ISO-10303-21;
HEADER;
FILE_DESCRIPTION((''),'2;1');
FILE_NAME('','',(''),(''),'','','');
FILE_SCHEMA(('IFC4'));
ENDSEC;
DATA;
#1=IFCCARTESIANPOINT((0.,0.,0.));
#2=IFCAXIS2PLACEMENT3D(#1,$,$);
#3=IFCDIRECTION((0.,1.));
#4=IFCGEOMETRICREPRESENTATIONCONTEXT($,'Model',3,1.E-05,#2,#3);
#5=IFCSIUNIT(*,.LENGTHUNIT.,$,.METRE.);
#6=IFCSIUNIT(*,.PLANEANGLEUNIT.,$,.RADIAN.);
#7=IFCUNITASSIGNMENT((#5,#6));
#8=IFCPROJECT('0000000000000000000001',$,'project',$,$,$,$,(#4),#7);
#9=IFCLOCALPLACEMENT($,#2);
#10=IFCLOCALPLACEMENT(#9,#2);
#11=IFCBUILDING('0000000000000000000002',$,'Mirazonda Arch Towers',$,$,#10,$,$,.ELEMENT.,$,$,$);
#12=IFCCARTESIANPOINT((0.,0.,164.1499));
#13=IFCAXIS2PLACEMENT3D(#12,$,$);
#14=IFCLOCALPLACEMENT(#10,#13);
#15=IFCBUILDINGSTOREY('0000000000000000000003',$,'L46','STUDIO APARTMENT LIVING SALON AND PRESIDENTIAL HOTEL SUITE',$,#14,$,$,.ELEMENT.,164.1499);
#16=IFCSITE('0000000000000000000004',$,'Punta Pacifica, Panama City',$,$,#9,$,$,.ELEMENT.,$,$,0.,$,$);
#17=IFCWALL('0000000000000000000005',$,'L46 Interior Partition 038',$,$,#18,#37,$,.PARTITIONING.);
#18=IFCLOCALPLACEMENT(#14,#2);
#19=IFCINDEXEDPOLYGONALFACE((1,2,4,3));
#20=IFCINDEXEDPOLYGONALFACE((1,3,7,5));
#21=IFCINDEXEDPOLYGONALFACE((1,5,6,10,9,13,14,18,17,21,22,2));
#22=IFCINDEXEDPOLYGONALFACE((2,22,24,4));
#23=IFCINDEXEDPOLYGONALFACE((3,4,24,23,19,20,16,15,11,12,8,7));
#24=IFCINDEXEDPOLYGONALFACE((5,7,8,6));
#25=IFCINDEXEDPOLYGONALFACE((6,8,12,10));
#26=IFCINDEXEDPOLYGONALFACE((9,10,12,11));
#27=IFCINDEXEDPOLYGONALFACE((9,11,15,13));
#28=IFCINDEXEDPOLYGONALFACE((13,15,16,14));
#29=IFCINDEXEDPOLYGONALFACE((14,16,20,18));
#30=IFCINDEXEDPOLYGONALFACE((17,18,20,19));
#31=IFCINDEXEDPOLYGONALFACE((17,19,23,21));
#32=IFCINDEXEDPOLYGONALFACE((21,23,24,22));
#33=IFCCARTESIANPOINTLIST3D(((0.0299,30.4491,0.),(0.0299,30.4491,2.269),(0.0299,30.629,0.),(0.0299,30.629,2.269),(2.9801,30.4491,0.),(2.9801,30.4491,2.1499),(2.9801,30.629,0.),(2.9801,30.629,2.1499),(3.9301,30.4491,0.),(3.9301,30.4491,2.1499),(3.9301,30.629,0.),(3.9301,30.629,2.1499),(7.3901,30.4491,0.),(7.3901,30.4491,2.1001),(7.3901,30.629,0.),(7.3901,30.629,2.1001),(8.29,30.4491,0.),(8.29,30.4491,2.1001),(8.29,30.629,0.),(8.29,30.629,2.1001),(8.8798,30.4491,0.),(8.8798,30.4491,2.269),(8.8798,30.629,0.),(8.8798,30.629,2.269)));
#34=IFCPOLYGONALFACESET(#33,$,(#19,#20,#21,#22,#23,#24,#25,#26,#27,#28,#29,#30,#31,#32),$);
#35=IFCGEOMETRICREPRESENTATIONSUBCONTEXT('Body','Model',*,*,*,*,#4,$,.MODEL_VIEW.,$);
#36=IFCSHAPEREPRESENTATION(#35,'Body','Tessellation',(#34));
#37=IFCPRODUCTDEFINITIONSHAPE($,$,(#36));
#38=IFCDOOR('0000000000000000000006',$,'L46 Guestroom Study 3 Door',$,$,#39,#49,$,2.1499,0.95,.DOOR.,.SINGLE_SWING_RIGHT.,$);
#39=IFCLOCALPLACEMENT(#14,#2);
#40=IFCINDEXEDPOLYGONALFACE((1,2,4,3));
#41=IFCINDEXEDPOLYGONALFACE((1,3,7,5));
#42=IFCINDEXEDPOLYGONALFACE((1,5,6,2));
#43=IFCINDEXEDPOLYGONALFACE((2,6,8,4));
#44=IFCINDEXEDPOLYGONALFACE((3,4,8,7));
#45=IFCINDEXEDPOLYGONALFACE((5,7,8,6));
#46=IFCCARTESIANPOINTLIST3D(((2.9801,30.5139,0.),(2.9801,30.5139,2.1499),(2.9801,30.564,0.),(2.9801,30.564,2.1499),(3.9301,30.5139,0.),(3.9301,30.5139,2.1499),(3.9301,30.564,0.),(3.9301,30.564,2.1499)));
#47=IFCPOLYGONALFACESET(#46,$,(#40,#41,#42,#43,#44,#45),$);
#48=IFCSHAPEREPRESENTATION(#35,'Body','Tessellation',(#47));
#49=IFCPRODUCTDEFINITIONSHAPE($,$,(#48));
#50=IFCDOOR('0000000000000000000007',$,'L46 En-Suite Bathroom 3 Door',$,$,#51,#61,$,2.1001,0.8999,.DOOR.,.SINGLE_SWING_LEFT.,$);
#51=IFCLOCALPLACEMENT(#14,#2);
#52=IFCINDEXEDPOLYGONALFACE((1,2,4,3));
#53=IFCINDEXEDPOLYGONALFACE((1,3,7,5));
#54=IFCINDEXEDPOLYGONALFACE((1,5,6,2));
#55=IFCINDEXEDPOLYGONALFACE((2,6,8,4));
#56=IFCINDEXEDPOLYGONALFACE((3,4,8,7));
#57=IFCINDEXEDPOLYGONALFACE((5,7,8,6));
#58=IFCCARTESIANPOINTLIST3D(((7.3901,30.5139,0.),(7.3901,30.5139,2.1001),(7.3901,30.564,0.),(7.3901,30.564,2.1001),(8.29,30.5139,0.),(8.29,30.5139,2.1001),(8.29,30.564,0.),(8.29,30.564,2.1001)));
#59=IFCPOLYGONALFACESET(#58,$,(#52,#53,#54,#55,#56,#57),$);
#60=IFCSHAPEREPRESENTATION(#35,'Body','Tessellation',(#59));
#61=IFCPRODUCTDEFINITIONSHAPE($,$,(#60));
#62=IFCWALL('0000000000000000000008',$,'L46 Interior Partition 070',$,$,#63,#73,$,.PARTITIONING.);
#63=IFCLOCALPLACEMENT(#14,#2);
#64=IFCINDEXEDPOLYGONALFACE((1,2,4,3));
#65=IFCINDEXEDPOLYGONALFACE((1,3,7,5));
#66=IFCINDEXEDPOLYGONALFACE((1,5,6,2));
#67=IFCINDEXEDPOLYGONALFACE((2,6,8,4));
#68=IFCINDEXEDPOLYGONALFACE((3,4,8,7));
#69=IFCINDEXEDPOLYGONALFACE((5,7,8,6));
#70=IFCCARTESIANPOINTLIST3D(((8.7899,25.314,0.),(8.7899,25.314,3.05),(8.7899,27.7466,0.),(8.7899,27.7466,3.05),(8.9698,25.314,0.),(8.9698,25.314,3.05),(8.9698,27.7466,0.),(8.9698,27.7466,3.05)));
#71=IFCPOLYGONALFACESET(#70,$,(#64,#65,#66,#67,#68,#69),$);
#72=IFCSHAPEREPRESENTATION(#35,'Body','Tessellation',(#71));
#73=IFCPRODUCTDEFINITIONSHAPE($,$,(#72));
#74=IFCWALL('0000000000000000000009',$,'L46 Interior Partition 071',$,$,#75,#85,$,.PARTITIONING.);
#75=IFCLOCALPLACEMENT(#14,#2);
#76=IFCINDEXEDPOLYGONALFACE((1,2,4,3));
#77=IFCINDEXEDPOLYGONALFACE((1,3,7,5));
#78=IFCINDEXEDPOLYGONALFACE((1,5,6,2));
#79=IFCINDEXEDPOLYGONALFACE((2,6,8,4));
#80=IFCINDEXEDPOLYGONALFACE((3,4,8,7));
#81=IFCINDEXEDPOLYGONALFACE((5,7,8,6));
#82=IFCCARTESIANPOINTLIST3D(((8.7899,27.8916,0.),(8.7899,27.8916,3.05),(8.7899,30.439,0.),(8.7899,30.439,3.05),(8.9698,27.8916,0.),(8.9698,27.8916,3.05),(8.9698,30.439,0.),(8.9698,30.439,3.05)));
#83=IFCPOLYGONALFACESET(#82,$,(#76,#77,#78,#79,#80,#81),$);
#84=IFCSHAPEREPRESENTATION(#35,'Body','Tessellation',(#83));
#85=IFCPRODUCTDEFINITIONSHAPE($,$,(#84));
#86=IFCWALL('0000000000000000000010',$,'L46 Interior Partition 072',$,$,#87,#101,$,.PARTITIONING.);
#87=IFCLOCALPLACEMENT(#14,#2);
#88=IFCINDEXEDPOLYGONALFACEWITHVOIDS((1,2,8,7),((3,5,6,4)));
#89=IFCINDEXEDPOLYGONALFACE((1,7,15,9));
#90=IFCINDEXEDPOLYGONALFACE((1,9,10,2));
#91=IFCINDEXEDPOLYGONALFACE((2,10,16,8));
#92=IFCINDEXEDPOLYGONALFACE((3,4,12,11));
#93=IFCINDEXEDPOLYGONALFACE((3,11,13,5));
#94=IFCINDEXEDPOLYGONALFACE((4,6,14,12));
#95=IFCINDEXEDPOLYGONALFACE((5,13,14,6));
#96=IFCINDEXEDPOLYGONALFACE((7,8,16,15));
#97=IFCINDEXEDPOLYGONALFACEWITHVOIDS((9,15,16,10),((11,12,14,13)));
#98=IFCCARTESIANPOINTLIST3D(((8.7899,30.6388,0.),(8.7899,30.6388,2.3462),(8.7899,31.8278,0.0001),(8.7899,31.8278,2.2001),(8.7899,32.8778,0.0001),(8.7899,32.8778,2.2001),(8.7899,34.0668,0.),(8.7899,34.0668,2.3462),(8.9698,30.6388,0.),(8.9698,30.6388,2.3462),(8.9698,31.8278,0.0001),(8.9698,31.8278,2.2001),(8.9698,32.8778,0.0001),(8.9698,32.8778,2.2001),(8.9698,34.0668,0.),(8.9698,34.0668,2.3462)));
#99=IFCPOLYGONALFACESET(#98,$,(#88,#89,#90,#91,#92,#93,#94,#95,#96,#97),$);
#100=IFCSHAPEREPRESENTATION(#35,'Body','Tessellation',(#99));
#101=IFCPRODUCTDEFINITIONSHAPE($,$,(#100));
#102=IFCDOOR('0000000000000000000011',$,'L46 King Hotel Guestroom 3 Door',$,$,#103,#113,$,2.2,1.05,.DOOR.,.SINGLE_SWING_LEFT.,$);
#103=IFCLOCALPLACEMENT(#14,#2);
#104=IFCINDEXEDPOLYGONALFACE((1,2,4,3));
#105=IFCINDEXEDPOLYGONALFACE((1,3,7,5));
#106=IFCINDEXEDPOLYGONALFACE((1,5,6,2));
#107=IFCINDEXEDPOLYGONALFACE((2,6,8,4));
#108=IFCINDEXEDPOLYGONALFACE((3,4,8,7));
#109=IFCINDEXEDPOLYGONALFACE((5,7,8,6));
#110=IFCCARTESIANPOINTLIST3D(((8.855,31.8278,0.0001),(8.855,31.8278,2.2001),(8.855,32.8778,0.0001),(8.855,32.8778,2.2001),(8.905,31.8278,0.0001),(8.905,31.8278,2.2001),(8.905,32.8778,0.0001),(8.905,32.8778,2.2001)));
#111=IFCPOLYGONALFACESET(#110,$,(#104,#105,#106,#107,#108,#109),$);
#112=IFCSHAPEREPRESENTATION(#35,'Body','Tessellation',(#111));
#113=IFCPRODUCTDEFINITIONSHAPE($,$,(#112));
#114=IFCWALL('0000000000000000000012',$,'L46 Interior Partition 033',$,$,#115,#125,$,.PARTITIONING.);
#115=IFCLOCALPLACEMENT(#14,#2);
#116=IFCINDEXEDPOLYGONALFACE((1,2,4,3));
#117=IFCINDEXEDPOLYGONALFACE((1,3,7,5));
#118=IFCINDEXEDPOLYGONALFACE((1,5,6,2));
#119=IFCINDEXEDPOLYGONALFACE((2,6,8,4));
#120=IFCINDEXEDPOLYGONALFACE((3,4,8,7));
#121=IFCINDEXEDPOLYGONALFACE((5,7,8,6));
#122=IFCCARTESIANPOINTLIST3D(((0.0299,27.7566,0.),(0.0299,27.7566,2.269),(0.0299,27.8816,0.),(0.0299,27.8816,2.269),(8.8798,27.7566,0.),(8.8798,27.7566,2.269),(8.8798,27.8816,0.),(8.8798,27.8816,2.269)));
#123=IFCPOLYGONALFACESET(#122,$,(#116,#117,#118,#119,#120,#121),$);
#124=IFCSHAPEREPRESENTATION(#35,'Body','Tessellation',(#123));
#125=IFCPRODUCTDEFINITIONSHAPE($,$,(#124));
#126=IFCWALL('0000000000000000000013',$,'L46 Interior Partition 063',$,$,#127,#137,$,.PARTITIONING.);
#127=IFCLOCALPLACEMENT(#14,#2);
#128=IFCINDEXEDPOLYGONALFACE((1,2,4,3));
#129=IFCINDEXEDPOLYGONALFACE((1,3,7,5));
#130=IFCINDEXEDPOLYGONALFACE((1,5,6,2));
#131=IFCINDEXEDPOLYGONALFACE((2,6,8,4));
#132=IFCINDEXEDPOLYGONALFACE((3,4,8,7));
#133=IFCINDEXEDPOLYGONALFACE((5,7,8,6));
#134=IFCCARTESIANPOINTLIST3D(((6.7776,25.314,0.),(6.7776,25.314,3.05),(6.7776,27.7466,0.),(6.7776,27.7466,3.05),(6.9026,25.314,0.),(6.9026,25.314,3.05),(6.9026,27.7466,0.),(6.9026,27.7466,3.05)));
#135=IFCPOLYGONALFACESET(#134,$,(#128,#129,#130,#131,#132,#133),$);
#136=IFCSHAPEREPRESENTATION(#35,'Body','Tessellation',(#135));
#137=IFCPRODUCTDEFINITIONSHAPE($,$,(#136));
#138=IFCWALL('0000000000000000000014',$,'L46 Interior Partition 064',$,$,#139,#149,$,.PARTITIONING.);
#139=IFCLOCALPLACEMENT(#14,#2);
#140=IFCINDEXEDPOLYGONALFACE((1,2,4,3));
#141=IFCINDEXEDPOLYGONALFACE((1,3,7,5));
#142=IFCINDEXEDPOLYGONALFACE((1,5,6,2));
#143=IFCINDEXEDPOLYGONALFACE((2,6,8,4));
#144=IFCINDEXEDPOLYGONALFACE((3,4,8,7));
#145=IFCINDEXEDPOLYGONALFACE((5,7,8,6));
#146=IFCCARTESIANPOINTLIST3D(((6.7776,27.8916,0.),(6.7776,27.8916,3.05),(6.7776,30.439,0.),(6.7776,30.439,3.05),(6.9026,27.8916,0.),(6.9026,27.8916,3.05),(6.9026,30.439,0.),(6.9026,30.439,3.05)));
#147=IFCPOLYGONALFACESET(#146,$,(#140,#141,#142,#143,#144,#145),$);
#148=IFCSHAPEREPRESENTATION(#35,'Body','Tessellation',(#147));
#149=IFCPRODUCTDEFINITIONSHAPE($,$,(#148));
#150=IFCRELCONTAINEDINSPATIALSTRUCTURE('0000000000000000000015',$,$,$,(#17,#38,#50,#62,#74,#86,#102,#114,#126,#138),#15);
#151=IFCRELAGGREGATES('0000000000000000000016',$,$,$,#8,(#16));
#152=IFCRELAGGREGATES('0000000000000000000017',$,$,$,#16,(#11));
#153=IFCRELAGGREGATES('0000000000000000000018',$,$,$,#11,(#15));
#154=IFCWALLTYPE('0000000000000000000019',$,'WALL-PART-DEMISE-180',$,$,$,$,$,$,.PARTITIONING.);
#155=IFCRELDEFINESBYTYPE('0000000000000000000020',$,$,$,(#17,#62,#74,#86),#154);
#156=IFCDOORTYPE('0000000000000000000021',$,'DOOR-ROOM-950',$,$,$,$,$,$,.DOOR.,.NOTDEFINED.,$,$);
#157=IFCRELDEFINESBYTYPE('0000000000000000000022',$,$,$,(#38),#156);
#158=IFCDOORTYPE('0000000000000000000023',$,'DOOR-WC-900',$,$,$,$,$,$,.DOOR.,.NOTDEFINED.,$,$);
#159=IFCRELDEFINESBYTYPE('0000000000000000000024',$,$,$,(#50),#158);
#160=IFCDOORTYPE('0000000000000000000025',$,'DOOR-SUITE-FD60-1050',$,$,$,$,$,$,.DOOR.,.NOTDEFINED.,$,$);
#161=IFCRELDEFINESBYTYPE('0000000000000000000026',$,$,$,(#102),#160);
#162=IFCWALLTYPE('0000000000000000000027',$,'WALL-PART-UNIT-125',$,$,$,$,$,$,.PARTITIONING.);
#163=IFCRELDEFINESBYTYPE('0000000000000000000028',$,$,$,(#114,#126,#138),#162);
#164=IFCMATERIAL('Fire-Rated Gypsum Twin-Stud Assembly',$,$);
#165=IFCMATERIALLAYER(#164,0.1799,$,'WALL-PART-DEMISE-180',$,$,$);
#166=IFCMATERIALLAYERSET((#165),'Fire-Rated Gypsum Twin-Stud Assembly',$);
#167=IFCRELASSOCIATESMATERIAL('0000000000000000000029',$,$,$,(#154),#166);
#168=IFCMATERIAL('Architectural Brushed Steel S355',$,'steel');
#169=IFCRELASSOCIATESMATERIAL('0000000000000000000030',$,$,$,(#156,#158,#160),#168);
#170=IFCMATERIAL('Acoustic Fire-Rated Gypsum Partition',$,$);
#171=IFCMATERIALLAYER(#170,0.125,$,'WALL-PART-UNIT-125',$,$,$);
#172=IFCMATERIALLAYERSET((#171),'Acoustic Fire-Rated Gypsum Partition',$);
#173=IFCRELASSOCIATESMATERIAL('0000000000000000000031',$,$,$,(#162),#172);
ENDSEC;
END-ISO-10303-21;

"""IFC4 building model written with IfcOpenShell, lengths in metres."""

from ifc_helpers import new_model, si_unit, direction, frame, frame_2d, origin, place, context, subcontext, project, spatial, rectangle, extrude, material, layer, layer_set, type_object, element, fill, save


model = new_model("IFC4")

# Units and contexts
model_context = context("Model", 3, precision=1e-05, world=origin(), true_north=direction((0.0, 1.0)))
body_context = subcontext(model_context, "Body", "Model", "MODEL_VIEW")
ifc_project = project(units=[si_unit("LENGTHUNIT", "METRE"), si_unit("PLANEANGLEUNIT", "RADIAN")], contexts=[model_context])

# Site, building, storey
site_placement = place(None, origin())
site = spatial("IfcSite", under=ifc_project, at=site_placement, Name="Punta Pacifica, Panama City", CompositionType="ELEMENT", RefElevation=0.0)
building_placement = place(site_placement, origin())
building = spatial("IfcBuilding", under=site, at=building_placement, Name="Mirazonda Arch Towers", CompositionType="ELEMENT")
storey_placement = place(building_placement, frame((0.0, 0.0, 164.1499)))
storey = spatial("IfcBuildingStorey", under=building, at=storey_placement, Name="L46", Description="STUDIO APARTMENT LIVING SALON AND PRESIDENTIAL HOTEL SUITE", CompositionType="ELEMENT", Elevation=164.1499)

# Wall, openings, doors
ifc_material_1 = material(Name="Fire-Rated Gypsum Twin-Stud Assembly")
ifc_layer_1 = layer(ifc_material_1, 0.1799, Name="WALL-PART-DEMISE-180")
ifc_layer_set_1 = layer_set([ifc_layer_1], Name="Fire-Rated Gypsum Twin-Stud Assembly")
wall_type_1 = type_object("IfcWallType", Name="WALL-PART-DEMISE-180", PredefinedType="PARTITIONING", material=ifc_layer_set_1)
ifc_material_2 = material(Name="Architectural Brushed Steel S355", Category="steel")
door_type_1 = type_object("IfcDoorType", Name="DOOR-ROOM-950", OperationType="NOTDEFINED", PredefinedType="DOOR", material=ifc_material_2)
door_type_2 = type_object("IfcDoorType", Name="DOOR-WC-900", OperationType="NOTDEFINED", PredefinedType="DOOR", material=ifc_material_2)
wall_1_placement = place(storey_placement, frame((0.03, 30.5391, 0.0), z_axis=(0.0, 0.0, 1.0), x_axis=(1.0, 0.0, 0.0)))
wall_1 = element("IfcWall", 1, at=wall_1_placement, inside=storey, type_object=wall_type_1, Name="L46 Interior Partition 038", PredefinedType="PARTITIONING", context=body_context, shape_type="SweptSolid", body=[
    extrude(rectangle(XDim=8.8499, YDim=0.1799, at=frame_2d((4.4248, 0.0))), origin(), (0.0, 0.0, 1.0), 2.269),
])
opening_1_placement = place(wall_1_placement, frame((2.95, 0.0, 0.0)))
opening_1 = element("IfcOpeningElement", 2, at=opening_1_placement, cuts=wall_1, PredefinedType="OPENING", context=body_context, shape_type="SweptSolid", body=[
    extrude(rectangle(XDim=0.95, YDim=2.1499, at=frame_2d((0.4751, 1.075))), frame((0.0, 0.0999, 0.0), z_axis=(0.0, -1.0, 0.0), x_axis=(1.0, 0.0, 0.0)), (0.0, 0.0, 1.0), 0.2),
])
opening_2_placement = place(wall_1_placement, frame((7.3601, 0.0, 0.0)))
opening_2 = element("IfcOpeningElement", 3, at=opening_2_placement, cuts=wall_1, PredefinedType="OPENING", context=body_context, shape_type="SweptSolid", body=[
    extrude(rectangle(XDim=0.8999, YDim=2.1001, at=frame_2d((0.45, 1.05))), frame((0.0, 0.0999, 0.0), z_axis=(0.0, -1.0, 0.0), x_axis=(1.0, 0.0, 0.0)), (0.0, 0.0, 1.0), 0.2),
])
door_1_placement = place(opening_1_placement, origin())
door_1 = element("IfcDoor", 4, at=door_1_placement, inside=storey, type_object=door_type_1, Name="L46 Guestroom Study 3 Door", OperationType="SINGLE_SWING_RIGHT", OverallHeight=2.1499, OverallWidth=0.95, PredefinedType="DOOR", context=body_context, shape_type="SweptSolid", body=[
    extrude(rectangle(XDim=0.95, YDim=2.1499, at=frame_2d((0.4751, 1.075))), frame((0.0, 0.0249, 0.0), z_axis=(0.0, -1.0, 0.0), x_axis=(1.0, 0.0, 0.0)), (0.0, 0.0, 1.0), 0.05),
])
fill(opening_1, door_1)
door_2_placement = place(opening_2_placement, origin())
door_2 = element("IfcDoor", 5, at=door_2_placement, inside=storey, type_object=door_type_2, Name="L46 En-Suite Bathroom 3 Door", OperationType="SINGLE_SWING_LEFT", OverallHeight=2.1001, OverallWidth=0.8999, PredefinedType="DOOR", context=body_context, shape_type="SweptSolid", body=[
    extrude(rectangle(XDim=0.8999, YDim=2.1001, at=frame_2d((0.45, 1.05))), frame((0.0, 0.0249, 0.0), z_axis=(0.0, -1.0, 0.0), x_axis=(1.0, 0.0, 0.0)), (0.0, 0.0, 1.0), 0.05),
])
fill(opening_2, door_2)

# Walls
wall_2_placement = place(storey_placement, frame((8.8799, 25.314, 0.0), z_axis=(0.0, 0.0, 1.0), x_axis=(0.0, 1.0, 0.0)))
element("IfcWall", 6, at=wall_2_placement, inside=storey, type_object=wall_type_1, Name="L46 Interior Partition 070", PredefinedType="PARTITIONING", context=body_context, shape_type="SweptSolid", body=[
    extrude(rectangle(XDim=2.4326, YDim=0.1799, at=frame_2d((1.2163, 0.0))), origin(), (0.0, 0.0, 1.0), 3.05),
])
wall_3_placement = place(storey_placement, frame((8.8799, 27.8916, 0.0), z_axis=(0.0, 0.0, 1.0), x_axis=(0.0, 1.0, 0.0)))
element("IfcWall", 7, at=wall_3_placement, inside=storey, type_object=wall_type_1, Name="L46 Interior Partition 071", PredefinedType="PARTITIONING", context=body_context, shape_type="SweptSolid", body=[
    extrude(rectangle(XDim=2.5474, YDim=0.1799, at=frame_2d((1.2737, 0.0))), origin(), (0.0, 0.0, 1.0), 3.05),
])

# Wall, opening, door
wall_4_placement = place(storey_placement, frame((8.8799, 30.6389, 0.0), z_axis=(0.0, 0.0, 1.0), x_axis=(0.0, 1.0, 0.0)))
wall_4 = element("IfcWall", 8, at=wall_4_placement, inside=storey, type_object=wall_type_1, Name="L46 Interior Partition 072", PredefinedType="PARTITIONING", context=body_context, shape_type="SweptSolid", body=[
    extrude(rectangle(XDim=3.428, YDim=0.1799, at=frame_2d((1.7139, 0.0))), origin(), (0.0, 0.0, 1.0), 2.3462),
])
opening_3_placement = place(wall_4_placement, frame((1.189, 0.0, 0.0)))
opening_3 = element("IfcOpeningElement", 9, at=opening_3_placement, cuts=wall_4, PredefinedType="OPENING", context=body_context, shape_type="SweptSolid", body=[
    extrude(rectangle(XDim=1.05, YDim=2.2, at=frame_2d((0.5249, 1.1001))), frame((0.0, 0.0999, 0.0), z_axis=(0.0, -1.0, 0.0), x_axis=(1.0, 0.0, 0.0)), (0.0, 0.0, 1.0), 0.2),
])
door_type_3 = type_object("IfcDoorType", Name="DOOR-SUITE-FD60-1050", OperationType="NOTDEFINED", PredefinedType="DOOR", material=ifc_material_2)
door_3_placement = place(opening_3_placement, origin())
door_3 = element("IfcDoor", 10, at=door_3_placement, inside=storey, type_object=door_type_3, Name="L46 King Hotel Guestroom 3 Door", OperationType="SINGLE_SWING_LEFT", OverallHeight=2.2, OverallWidth=1.05, PredefinedType="DOOR", context=body_context, shape_type="SweptSolid", body=[
    extrude(rectangle(XDim=1.05, YDim=2.2, at=frame_2d((0.5249, 1.1001))), frame((0.0, 0.0249, 0.0), z_axis=(0.0, -1.0, 0.0), x_axis=(1.0, 0.0, 0.0)), (0.0, 0.0, 1.0), 0.05),
])
fill(opening_3, door_3)

# Walls
ifc_material_3 = material(Name="Acoustic Fire-Rated Gypsum Partition")
ifc_layer_2 = layer(ifc_material_3, 0.125, Name="WALL-PART-UNIT-125")
ifc_layer_set_2 = layer_set([ifc_layer_2], Name="Acoustic Fire-Rated Gypsum Partition")
wall_type_2 = type_object("IfcWallType", Name="WALL-PART-UNIT-125", PredefinedType="PARTITIONING", material=ifc_layer_set_2)
wall_5_placement = place(storey_placement, frame((0.03, 27.8191, 0.0), z_axis=(0.0, 0.0, 1.0), x_axis=(1.0, 0.0, 0.0)))
element("IfcWall", 11, at=wall_5_placement, inside=storey, type_object=wall_type_2, Name="L46 Interior Partition 033", PredefinedType="PARTITIONING", context=body_context, shape_type="SweptSolid", body=[
    extrude(rectangle(XDim=8.8499, YDim=0.125, at=frame_2d((4.4248, 0.0))), origin(), (0.0, 0.0, 1.0), 2.269),
])
wall_6_placement = place(storey_placement, frame((6.8401, 25.314, 0.0), z_axis=(0.0, 0.0, 1.0), x_axis=(0.0, 1.0, 0.0)))
element("IfcWall", 12, at=wall_6_placement, inside=storey, type_object=wall_type_2, Name="L46 Interior Partition 063", PredefinedType="PARTITIONING", context=body_context, shape_type="SweptSolid", body=[
    extrude(rectangle(XDim=2.4326, YDim=0.125, at=frame_2d((1.2163, 0.0))), origin(), (0.0, 0.0, 1.0), 3.05),
])
wall_7_placement = place(storey_placement, frame((6.8401, 27.8916, 0.0), z_axis=(0.0, 0.0, 1.0), x_axis=(0.0, 1.0, 0.0)))
element("IfcWall", 13, at=wall_7_placement, inside=storey, type_object=wall_type_2, Name="L46 Interior Partition 064", PredefinedType="PARTITIONING", context=body_context, shape_type="SweptSolid", body=[
    extrude(rectangle(XDim=2.5474, YDim=0.125, at=frame_2d((1.2737, 0.0))), origin(), (0.0, 0.0, 1.0), 3.05),
])

save(model, "model.ifc")
